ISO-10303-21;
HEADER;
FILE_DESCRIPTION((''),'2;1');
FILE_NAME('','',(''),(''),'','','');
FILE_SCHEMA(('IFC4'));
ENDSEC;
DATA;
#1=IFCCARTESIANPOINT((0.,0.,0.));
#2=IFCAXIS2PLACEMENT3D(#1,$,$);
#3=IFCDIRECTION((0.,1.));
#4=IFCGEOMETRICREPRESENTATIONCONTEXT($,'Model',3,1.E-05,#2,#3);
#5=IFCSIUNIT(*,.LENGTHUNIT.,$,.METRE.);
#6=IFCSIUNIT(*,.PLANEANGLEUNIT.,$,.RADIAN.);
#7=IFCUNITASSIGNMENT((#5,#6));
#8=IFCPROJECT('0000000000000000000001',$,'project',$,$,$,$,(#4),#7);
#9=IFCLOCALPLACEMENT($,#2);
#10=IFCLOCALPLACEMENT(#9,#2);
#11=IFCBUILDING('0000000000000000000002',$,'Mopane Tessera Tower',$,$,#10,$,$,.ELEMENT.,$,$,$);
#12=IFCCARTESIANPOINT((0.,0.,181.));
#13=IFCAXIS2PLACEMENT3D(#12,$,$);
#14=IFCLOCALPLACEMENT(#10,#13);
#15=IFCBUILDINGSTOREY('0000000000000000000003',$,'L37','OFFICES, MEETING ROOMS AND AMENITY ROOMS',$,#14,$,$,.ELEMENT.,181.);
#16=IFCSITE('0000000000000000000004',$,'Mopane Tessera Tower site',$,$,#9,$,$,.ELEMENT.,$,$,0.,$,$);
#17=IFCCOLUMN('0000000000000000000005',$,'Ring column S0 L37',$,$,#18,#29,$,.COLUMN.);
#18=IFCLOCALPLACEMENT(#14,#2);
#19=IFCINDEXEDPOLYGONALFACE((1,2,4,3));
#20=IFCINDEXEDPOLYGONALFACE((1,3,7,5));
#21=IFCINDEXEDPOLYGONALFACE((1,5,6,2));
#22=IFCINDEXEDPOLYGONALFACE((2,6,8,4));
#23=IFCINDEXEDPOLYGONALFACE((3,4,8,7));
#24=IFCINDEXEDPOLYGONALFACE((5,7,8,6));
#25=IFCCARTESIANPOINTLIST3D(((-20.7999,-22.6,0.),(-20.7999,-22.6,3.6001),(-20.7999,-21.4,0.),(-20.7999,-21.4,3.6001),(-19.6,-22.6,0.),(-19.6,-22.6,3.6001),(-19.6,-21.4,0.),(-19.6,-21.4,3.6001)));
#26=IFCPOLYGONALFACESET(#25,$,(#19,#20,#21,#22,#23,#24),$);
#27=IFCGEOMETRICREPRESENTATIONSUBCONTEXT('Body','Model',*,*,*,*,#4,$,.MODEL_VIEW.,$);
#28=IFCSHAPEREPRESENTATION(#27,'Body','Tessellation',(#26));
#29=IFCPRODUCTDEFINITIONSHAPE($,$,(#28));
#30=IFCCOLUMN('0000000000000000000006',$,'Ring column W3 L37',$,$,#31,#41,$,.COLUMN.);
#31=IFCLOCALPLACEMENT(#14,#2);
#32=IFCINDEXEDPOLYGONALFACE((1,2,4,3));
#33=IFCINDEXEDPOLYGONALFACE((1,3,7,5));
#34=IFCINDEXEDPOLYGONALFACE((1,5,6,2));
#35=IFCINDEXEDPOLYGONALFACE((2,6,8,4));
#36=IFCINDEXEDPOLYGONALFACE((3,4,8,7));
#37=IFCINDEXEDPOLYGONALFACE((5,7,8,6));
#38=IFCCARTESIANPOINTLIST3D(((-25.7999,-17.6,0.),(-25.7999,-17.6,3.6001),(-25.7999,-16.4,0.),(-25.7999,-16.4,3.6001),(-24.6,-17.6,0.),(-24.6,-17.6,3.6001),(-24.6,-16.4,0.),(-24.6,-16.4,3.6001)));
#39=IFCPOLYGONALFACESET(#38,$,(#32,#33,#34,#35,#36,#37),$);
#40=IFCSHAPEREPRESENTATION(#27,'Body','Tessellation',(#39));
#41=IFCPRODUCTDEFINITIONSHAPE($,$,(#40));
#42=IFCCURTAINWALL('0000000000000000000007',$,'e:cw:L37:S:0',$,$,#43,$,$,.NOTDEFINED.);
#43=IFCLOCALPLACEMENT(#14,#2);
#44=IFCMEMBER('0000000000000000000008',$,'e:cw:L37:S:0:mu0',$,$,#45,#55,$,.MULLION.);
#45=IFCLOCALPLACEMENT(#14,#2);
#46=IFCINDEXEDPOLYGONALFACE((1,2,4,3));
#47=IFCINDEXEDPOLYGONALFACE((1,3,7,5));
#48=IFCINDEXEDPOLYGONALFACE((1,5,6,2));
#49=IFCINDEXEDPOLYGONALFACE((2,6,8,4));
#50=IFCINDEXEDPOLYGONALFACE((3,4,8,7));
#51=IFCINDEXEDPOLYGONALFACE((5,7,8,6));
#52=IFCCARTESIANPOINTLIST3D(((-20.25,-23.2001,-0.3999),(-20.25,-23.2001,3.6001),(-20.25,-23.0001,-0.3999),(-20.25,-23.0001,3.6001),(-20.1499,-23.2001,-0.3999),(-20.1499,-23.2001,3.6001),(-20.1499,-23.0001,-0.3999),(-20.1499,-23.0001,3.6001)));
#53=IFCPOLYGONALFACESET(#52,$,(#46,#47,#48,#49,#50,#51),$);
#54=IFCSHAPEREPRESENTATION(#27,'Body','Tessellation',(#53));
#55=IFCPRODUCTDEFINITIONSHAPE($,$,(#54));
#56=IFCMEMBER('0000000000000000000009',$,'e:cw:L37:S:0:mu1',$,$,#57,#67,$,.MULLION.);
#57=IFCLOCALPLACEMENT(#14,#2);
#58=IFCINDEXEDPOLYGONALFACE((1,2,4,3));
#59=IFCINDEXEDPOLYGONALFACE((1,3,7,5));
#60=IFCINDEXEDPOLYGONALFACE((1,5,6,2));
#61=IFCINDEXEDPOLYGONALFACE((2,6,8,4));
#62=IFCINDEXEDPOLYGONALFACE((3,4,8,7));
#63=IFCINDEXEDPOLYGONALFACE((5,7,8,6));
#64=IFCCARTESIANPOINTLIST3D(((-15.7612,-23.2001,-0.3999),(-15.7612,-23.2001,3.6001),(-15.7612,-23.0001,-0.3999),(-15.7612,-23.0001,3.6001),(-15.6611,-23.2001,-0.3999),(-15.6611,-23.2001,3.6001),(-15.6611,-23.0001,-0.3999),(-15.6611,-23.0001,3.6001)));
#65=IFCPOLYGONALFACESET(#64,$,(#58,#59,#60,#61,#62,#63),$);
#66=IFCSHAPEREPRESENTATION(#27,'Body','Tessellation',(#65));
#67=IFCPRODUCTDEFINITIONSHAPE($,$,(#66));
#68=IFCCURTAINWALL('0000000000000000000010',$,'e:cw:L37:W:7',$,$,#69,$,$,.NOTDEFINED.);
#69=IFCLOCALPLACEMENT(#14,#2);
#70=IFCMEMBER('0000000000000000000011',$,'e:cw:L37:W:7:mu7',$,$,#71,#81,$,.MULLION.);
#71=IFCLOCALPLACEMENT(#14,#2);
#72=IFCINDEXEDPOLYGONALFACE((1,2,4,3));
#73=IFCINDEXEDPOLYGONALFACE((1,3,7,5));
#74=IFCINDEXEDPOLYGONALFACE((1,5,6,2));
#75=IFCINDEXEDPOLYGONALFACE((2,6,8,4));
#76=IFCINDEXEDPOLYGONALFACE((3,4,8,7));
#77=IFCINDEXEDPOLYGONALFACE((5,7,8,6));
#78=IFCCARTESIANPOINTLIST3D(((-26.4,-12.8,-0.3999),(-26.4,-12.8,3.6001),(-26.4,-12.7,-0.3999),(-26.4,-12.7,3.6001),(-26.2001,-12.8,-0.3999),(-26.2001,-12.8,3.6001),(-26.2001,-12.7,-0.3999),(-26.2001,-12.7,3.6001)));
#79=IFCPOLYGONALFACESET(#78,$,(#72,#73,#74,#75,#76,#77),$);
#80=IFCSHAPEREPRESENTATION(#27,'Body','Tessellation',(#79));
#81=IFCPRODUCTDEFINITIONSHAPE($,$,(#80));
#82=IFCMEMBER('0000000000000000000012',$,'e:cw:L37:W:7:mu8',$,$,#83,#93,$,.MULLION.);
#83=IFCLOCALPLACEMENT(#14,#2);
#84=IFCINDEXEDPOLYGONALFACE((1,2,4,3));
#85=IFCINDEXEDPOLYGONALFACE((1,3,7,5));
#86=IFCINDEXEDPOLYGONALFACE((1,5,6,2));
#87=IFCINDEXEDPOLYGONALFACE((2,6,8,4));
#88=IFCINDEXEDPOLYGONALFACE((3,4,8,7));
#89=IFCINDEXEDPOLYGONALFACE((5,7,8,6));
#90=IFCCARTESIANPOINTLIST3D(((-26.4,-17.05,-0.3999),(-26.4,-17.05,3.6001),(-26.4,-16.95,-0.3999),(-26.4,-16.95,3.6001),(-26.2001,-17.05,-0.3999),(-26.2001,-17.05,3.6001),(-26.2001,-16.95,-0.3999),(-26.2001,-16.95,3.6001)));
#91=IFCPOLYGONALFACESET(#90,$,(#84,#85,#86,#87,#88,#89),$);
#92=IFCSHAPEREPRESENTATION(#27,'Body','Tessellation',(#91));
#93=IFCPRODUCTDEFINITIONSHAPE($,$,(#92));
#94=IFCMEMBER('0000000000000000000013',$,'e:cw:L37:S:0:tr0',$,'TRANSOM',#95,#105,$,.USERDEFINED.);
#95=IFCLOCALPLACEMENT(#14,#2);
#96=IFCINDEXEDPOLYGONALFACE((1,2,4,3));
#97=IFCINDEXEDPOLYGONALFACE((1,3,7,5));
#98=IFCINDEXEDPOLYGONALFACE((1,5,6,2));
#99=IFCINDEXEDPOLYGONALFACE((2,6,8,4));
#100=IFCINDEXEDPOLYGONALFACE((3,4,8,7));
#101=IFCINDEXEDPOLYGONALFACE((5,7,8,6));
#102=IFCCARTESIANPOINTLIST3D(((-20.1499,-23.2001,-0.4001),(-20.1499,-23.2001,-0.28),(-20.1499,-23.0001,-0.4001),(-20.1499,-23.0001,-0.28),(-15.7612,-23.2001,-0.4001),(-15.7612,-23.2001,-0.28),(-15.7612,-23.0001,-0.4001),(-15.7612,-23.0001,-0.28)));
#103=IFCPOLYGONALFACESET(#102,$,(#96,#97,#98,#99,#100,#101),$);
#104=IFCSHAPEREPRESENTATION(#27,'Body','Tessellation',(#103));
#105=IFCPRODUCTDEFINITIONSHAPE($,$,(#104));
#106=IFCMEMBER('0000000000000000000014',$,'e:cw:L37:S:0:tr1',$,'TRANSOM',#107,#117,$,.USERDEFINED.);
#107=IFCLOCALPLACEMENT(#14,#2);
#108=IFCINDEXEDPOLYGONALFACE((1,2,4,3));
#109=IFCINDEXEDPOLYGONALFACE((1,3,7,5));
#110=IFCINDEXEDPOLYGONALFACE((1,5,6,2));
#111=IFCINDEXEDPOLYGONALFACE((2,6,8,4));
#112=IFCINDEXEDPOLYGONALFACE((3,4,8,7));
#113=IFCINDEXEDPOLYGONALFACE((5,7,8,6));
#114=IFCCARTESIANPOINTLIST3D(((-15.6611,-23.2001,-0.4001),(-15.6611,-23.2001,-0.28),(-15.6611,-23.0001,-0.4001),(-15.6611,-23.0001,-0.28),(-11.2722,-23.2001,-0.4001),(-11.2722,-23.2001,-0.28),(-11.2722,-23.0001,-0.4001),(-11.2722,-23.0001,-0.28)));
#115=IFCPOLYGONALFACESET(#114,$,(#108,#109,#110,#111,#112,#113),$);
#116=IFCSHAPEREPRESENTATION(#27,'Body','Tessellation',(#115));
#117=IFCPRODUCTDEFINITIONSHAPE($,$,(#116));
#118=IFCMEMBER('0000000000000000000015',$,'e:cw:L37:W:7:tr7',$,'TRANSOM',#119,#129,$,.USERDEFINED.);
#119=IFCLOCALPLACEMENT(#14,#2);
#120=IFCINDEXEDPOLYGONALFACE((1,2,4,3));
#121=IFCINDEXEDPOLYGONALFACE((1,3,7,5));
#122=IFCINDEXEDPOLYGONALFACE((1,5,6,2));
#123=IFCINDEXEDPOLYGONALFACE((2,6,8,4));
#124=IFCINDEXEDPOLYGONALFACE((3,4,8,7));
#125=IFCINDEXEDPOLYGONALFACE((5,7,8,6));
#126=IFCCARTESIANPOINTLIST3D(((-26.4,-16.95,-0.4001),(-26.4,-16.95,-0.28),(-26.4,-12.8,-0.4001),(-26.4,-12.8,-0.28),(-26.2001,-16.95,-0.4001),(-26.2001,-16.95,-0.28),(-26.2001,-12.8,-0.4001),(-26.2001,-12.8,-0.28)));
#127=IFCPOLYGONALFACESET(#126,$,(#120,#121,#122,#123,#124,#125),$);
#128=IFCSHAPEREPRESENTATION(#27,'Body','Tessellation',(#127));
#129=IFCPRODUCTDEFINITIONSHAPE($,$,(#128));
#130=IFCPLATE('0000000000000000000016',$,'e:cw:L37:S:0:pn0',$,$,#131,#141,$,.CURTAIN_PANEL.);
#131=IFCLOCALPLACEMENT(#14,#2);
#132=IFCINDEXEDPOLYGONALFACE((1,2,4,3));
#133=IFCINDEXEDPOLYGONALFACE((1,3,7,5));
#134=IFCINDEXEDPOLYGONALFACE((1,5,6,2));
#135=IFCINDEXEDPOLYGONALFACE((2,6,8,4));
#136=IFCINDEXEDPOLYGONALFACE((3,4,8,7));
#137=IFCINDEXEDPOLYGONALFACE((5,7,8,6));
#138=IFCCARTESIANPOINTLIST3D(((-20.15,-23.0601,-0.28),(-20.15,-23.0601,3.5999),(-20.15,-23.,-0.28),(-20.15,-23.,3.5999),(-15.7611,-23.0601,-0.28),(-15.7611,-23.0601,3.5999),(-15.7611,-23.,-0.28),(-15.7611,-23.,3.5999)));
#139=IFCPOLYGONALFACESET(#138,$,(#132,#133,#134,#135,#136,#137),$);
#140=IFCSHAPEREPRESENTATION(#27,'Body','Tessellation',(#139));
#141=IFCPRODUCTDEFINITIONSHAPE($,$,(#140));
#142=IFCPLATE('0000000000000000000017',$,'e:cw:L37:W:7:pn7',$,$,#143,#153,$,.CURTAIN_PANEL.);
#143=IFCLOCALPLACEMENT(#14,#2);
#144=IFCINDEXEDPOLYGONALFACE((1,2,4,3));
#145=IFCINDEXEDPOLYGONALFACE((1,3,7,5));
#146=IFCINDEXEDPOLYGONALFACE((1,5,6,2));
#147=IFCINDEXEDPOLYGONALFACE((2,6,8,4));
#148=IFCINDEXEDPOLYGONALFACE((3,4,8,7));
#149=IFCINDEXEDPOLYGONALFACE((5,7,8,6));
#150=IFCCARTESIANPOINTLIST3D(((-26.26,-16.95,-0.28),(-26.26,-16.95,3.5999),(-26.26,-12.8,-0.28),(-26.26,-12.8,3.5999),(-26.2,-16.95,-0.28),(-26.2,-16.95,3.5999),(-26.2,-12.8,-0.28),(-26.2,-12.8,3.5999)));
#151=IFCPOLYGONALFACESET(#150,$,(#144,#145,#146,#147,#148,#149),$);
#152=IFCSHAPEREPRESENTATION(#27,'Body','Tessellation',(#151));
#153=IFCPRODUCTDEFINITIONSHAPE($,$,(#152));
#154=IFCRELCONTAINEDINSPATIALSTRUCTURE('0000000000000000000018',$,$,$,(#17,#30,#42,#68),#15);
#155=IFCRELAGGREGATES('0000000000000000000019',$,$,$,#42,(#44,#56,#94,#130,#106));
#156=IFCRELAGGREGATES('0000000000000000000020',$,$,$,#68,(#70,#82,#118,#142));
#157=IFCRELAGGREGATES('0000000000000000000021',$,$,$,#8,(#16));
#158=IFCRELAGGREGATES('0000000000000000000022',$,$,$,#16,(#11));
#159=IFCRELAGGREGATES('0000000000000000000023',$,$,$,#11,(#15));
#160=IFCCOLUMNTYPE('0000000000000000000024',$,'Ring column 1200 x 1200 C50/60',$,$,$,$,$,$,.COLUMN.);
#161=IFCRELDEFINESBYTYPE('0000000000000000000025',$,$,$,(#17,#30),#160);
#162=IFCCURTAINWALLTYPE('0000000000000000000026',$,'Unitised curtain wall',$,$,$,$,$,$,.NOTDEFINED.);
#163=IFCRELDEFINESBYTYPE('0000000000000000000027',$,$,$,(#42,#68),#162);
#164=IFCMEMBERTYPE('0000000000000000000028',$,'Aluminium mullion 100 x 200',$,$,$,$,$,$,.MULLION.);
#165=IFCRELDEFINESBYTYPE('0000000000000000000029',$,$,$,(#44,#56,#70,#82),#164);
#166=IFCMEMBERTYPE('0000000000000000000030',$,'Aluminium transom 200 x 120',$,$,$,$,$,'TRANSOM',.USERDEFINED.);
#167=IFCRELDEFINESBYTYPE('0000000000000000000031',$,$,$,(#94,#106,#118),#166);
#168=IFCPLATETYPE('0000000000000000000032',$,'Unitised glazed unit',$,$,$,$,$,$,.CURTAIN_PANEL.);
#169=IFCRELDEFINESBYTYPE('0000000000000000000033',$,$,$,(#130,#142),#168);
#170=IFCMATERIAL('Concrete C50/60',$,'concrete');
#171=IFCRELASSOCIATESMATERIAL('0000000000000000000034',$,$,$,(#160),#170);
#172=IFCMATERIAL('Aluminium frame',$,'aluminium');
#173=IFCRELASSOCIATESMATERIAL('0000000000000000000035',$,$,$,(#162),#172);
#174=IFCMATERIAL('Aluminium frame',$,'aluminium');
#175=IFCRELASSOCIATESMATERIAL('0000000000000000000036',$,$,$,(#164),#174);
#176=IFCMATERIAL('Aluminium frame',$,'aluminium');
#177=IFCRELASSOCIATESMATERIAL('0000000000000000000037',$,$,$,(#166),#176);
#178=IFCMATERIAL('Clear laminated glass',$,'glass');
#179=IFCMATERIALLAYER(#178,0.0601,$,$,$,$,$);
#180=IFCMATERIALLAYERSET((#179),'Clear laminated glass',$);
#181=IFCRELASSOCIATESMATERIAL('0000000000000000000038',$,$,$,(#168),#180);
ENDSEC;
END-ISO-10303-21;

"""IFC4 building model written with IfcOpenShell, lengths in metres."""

from ifc_helpers import new_model, si_unit, direction, frame, origin, origin_2d, place, context, subcontext, project, spatial, rectangle, extrude, material, layer, layer_set, material_profile, profile_set, type_object, element, aggregate, save


model = new_model("IFC4")

# Units and contexts
model_context = context("Model", 3, precision=1e-05, world=origin(), true_north=direction((0.0, 1.0)))
body_context = subcontext(model_context, "Body", "Model", "MODEL_VIEW")
ifc_project = project(units=[si_unit("LENGTHUNIT", "METRE"), si_unit("PLANEANGLEUNIT", "RADIAN")], contexts=[model_context])

# Site, building, storey
site_placement = place(None, origin())
site = spatial("IfcSite", under=ifc_project, at=site_placement, Name="Mopane Tessera Tower site", CompositionType="ELEMENT", RefElevation=0.0)
building_placement = place(site_placement, origin())
building = spatial("IfcBuilding", under=site, at=building_placement, Name="Mopane Tessera Tower", CompositionType="ELEMENT")
storey_placement = place(building_placement, frame((0.0, 0.0, 181.0)))
storey = spatial("IfcBuildingStorey", under=building, at=storey_placement, Name="L37", Description="OFFICES, MEETING ROOMS AND AMENITY ROOMS", CompositionType="ELEMENT", Elevation=181.0)

# Columns
ifc_material_1 = material(Name="Concrete C50/60", Category="concrete")
ifc_material_profile_1 = material_profile(ifc_material_1, rectangle(XDim=1.2, YDim=1.2, at=origin_2d()))
ifc_profile_set_1 = profile_set([ifc_material_profile_1], Name="Concrete C50/60")
column_type = type_object("IfcColumnType", Name="Ring column 1200 x 1200 C50/60", PredefinedType="COLUMN", material=ifc_profile_set_1)
for number, where, z_axis, x_axis, name in (
    (1, (-20.2, -22.0, 0.0), (0.0, 0.0, 1.0), (1.0, 0.0, 0.0), "Ring column S0 L37"),
    (2, (-25.2, -17.0, 0.0), (0.0, 0.0, 1.0), (1.0, 0.0, 0.0), "Ring column W3 L37"),
):
    element("IfcColumn", number, at=place(storey_placement, frame(where, z_axis=z_axis, x_axis=x_axis)), inside=storey, type_object=column_type, Name=name, PredefinedType="COLUMN", context=body_context, shape_type="SweptSolid", body=[
        extrude(rectangle(XDim=1.2, YDim=1.2, at=origin_2d()), origin(), (0.0, 0.0, 1.0), 3.6001),
    ])

# Curtain walls, members
ifc_material_2 = material(Name="Aluminium frame", Category="aluminium")
curtain_wall_type = type_object("IfcCurtainWallType", Name="Unitised curtain wall", PredefinedType="NOTDEFINED", material=ifc_material_2)
curtain_wall_1_placement = place(storey_placement, origin())
curtain_wall_1 = element("IfcCurtainWall", 3, at=curtain_wall_1_placement, inside=storey, type_object=curtain_wall_type, Name="e:cw:L37:S:0", PredefinedType="NOTDEFINED")
ifc_material_3 = material(Name="Aluminium frame", Category="aluminium")
ifc_material_profile_2 = material_profile(ifc_material_3, rectangle(XDim=0.1001, YDim=0.2, at=origin_2d()))
ifc_profile_set_2 = profile_set([ifc_material_profile_2], Name="Aluminium frame")
member_type_1 = type_object("IfcMemberType", Name="Aluminium mullion 100 x 200", PredefinedType="MULLION", material=ifc_profile_set_2)
member_1_placement = place(storey_placement, frame((-20.2, -23.1001, -0.3999), z_axis=(0.0, 0.0, 1.0), x_axis=(1.0, 0.0, 0.0)))
member_1 = element("IfcMember", 4, at=member_1_placement, type_object=member_type_1, Name="e:cw:L37:S:0:mu0", PredefinedType="MULLION", context=body_context, shape_type="SweptSolid", body=[
    extrude(rectangle(XDim=0.1001, YDim=0.2, at=origin_2d()), origin(), (0.0, 0.0, 1.0), 4.0),
])
member_2_placement = place(storey_placement, frame((-15.7112, -23.1001, -0.3999), z_axis=(0.0, 0.0, 1.0), x_axis=(1.0, 0.0, 0.0)))
member_2 = element("IfcMember", 5, at=member_2_placement, type_object=member_type_1, Name="e:cw:L37:S:0:mu1", PredefinedType="MULLION", context=body_context, shape_type="SweptSolid", body=[
    extrude(rectangle(XDim=0.1001, YDim=0.2, at=origin_2d()), origin(), (0.0, 0.0, 1.0), 4.0),
])
curtain_wall_2_placement = place(storey_placement, origin())
curtain_wall_2 = element("IfcCurtainWall", 6, at=curtain_wall_2_placement, inside=storey, type_object=curtain_wall_type, Name="e:cw:L37:W:7", PredefinedType="NOTDEFINED")
member_3_placement = place(storey_placement, frame((-26.3, -12.75, -0.3999), z_axis=(0.0, 0.0, 1.0), x_axis=(0.0, -1.0, 0.0)))
member_3 = element("IfcMember", 7, at=member_3_placement, type_object=member_type_1, Name="e:cw:L37:W:7:mu7", PredefinedType="MULLION", context=body_context, shape_type="SweptSolid", body=[
    extrude(rectangle(XDim=0.1001, YDim=0.2, at=origin_2d()), origin(), (0.0, 0.0, 1.0), 4.0),
])
member_4_placement = place(storey_placement, frame((-26.3, -17.0, -0.3999), z_axis=(0.0, 0.0, 1.0), x_axis=(0.0, -1.0, 0.0)))
member_4 = element("IfcMember", 8, at=member_4_placement, type_object=member_type_1, Name="e:cw:L37:W:7:mu8", PredefinedType="MULLION", context=body_context, shape_type="SweptSolid", body=[
    extrude(rectangle(XDim=0.1001, YDim=0.2, at=origin_2d()), origin(), (0.0, 0.0, 1.0), 4.0),
])

# Members
ifc_material_4 = material(Name="Aluminium frame", Category="aluminium")
ifc_material_profile_3 = material_profile(ifc_material_4, rectangle(XDim=0.2, YDim=0.1201, at=origin_2d()))
ifc_profile_set_3 = profile_set([ifc_material_profile_3], Name="Aluminium frame")
member_type_2 = type_object("IfcMemberType", Name="Aluminium transom 200 x 120", ElementType="TRANSOM", PredefinedType="USERDEFINED", material=ifc_profile_set_3)
member_5_placement = place(storey_placement, frame((-20.1499, -23.1001, -0.3401), z_axis=(1.0, 0.0, 0.0), x_axis=(0.0, 1.0, 0.0)))
member_5 = element("IfcMember", 9, at=member_5_placement, type_object=member_type_2, Name="e:cw:L37:S:0:tr0", ObjectType="TRANSOM", PredefinedType="USERDEFINED", context=body_context, shape_type="SweptSolid", body=[
    extrude(rectangle(XDim=0.2, YDim=0.1201, at=origin_2d()), origin(), (0.0, 0.0, 1.0), 4.3887),
])
member_6_placement = place(storey_placement, frame((-15.6611, -23.1001, -0.3401), z_axis=(1.0, 0.0, 0.0), x_axis=(0.0, 1.0, 0.0)))
member_6 = element("IfcMember", 10, at=member_6_placement, type_object=member_type_2, Name="e:cw:L37:S:0:tr1", ObjectType="TRANSOM", PredefinedType="USERDEFINED", context=body_context, shape_type="SweptSolid", body=[
    extrude(rectangle(XDim=0.2, YDim=0.1201, at=origin_2d()), origin(), (0.0, 0.0, 1.0), 4.3889),
])
member_7_placement = place(storey_placement, frame((-26.3, -12.8, -0.3401), z_axis=(0.0, -1.0, 0.0), x_axis=(1.0, 0.0, 0.0)))
member_7 = element("IfcMember", 11, at=member_7_placement, type_object=member_type_2, Name="e:cw:L37:W:7:tr7", ObjectType="TRANSOM", PredefinedType="USERDEFINED", context=body_context, shape_type="SweptSolid", body=[
    extrude(rectangle(XDim=0.2, YDim=0.1201, at=origin_2d()), origin(), (0.0, 0.0, 1.0), 4.1499),
])

# Plates
ifc_material_5 = material(Name="Clear laminated glass", Category="glass")
ifc_layer_1 = layer(ifc_material_5, 0.0601)
ifc_layer_set_1 = layer_set([ifc_layer_1], Name="Clear laminated glass")
plate_type = type_object("IfcPlateType", Name="Unitised glazed unit", PredefinedType="CURTAIN_PANEL", material=ifc_layer_set_1)
plate_1_placement = place(storey_placement, frame((-17.9556, -23.03, -0.28), z_axis=(0.0, 0.0, 1.0), x_axis=(1.0, 0.0, 0.0)))
plate_1 = element("IfcPlate", 12, at=plate_1_placement, type_object=plate_type, Name="e:cw:L37:S:0:pn0", PredefinedType="CURTAIN_PANEL", context=body_context, shape_type="SweptSolid", body=[
    extrude(rectangle(XDim=4.3889, YDim=0.0601, at=origin_2d()), origin(), (0.0, 0.0, 1.0), 3.8799),
])
aggregate(curtain_wall_1, [member_1, member_2, member_5, plate_1, member_6])
plate_2_placement = place(storey_placement, frame((-26.23, -14.875, -0.28), z_axis=(0.0, 0.0, 1.0), x_axis=(0.0, -1.0, 0.0)))
plate_2 = element("IfcPlate", 13, at=plate_2_placement, type_object=plate_type, Name="e:cw:L37:W:7:pn7", PredefinedType="CURTAIN_PANEL", context=body_context, shape_type="SweptSolid", body=[
    extrude(rectangle(XDim=4.1499, YDim=0.0601, at=origin_2d()), origin(), (0.0, 0.0, 1.0), 3.8799),
])
aggregate(curtain_wall_2, [member_3, member_4, member_7, plate_2])

save(model, "model.ifc")
